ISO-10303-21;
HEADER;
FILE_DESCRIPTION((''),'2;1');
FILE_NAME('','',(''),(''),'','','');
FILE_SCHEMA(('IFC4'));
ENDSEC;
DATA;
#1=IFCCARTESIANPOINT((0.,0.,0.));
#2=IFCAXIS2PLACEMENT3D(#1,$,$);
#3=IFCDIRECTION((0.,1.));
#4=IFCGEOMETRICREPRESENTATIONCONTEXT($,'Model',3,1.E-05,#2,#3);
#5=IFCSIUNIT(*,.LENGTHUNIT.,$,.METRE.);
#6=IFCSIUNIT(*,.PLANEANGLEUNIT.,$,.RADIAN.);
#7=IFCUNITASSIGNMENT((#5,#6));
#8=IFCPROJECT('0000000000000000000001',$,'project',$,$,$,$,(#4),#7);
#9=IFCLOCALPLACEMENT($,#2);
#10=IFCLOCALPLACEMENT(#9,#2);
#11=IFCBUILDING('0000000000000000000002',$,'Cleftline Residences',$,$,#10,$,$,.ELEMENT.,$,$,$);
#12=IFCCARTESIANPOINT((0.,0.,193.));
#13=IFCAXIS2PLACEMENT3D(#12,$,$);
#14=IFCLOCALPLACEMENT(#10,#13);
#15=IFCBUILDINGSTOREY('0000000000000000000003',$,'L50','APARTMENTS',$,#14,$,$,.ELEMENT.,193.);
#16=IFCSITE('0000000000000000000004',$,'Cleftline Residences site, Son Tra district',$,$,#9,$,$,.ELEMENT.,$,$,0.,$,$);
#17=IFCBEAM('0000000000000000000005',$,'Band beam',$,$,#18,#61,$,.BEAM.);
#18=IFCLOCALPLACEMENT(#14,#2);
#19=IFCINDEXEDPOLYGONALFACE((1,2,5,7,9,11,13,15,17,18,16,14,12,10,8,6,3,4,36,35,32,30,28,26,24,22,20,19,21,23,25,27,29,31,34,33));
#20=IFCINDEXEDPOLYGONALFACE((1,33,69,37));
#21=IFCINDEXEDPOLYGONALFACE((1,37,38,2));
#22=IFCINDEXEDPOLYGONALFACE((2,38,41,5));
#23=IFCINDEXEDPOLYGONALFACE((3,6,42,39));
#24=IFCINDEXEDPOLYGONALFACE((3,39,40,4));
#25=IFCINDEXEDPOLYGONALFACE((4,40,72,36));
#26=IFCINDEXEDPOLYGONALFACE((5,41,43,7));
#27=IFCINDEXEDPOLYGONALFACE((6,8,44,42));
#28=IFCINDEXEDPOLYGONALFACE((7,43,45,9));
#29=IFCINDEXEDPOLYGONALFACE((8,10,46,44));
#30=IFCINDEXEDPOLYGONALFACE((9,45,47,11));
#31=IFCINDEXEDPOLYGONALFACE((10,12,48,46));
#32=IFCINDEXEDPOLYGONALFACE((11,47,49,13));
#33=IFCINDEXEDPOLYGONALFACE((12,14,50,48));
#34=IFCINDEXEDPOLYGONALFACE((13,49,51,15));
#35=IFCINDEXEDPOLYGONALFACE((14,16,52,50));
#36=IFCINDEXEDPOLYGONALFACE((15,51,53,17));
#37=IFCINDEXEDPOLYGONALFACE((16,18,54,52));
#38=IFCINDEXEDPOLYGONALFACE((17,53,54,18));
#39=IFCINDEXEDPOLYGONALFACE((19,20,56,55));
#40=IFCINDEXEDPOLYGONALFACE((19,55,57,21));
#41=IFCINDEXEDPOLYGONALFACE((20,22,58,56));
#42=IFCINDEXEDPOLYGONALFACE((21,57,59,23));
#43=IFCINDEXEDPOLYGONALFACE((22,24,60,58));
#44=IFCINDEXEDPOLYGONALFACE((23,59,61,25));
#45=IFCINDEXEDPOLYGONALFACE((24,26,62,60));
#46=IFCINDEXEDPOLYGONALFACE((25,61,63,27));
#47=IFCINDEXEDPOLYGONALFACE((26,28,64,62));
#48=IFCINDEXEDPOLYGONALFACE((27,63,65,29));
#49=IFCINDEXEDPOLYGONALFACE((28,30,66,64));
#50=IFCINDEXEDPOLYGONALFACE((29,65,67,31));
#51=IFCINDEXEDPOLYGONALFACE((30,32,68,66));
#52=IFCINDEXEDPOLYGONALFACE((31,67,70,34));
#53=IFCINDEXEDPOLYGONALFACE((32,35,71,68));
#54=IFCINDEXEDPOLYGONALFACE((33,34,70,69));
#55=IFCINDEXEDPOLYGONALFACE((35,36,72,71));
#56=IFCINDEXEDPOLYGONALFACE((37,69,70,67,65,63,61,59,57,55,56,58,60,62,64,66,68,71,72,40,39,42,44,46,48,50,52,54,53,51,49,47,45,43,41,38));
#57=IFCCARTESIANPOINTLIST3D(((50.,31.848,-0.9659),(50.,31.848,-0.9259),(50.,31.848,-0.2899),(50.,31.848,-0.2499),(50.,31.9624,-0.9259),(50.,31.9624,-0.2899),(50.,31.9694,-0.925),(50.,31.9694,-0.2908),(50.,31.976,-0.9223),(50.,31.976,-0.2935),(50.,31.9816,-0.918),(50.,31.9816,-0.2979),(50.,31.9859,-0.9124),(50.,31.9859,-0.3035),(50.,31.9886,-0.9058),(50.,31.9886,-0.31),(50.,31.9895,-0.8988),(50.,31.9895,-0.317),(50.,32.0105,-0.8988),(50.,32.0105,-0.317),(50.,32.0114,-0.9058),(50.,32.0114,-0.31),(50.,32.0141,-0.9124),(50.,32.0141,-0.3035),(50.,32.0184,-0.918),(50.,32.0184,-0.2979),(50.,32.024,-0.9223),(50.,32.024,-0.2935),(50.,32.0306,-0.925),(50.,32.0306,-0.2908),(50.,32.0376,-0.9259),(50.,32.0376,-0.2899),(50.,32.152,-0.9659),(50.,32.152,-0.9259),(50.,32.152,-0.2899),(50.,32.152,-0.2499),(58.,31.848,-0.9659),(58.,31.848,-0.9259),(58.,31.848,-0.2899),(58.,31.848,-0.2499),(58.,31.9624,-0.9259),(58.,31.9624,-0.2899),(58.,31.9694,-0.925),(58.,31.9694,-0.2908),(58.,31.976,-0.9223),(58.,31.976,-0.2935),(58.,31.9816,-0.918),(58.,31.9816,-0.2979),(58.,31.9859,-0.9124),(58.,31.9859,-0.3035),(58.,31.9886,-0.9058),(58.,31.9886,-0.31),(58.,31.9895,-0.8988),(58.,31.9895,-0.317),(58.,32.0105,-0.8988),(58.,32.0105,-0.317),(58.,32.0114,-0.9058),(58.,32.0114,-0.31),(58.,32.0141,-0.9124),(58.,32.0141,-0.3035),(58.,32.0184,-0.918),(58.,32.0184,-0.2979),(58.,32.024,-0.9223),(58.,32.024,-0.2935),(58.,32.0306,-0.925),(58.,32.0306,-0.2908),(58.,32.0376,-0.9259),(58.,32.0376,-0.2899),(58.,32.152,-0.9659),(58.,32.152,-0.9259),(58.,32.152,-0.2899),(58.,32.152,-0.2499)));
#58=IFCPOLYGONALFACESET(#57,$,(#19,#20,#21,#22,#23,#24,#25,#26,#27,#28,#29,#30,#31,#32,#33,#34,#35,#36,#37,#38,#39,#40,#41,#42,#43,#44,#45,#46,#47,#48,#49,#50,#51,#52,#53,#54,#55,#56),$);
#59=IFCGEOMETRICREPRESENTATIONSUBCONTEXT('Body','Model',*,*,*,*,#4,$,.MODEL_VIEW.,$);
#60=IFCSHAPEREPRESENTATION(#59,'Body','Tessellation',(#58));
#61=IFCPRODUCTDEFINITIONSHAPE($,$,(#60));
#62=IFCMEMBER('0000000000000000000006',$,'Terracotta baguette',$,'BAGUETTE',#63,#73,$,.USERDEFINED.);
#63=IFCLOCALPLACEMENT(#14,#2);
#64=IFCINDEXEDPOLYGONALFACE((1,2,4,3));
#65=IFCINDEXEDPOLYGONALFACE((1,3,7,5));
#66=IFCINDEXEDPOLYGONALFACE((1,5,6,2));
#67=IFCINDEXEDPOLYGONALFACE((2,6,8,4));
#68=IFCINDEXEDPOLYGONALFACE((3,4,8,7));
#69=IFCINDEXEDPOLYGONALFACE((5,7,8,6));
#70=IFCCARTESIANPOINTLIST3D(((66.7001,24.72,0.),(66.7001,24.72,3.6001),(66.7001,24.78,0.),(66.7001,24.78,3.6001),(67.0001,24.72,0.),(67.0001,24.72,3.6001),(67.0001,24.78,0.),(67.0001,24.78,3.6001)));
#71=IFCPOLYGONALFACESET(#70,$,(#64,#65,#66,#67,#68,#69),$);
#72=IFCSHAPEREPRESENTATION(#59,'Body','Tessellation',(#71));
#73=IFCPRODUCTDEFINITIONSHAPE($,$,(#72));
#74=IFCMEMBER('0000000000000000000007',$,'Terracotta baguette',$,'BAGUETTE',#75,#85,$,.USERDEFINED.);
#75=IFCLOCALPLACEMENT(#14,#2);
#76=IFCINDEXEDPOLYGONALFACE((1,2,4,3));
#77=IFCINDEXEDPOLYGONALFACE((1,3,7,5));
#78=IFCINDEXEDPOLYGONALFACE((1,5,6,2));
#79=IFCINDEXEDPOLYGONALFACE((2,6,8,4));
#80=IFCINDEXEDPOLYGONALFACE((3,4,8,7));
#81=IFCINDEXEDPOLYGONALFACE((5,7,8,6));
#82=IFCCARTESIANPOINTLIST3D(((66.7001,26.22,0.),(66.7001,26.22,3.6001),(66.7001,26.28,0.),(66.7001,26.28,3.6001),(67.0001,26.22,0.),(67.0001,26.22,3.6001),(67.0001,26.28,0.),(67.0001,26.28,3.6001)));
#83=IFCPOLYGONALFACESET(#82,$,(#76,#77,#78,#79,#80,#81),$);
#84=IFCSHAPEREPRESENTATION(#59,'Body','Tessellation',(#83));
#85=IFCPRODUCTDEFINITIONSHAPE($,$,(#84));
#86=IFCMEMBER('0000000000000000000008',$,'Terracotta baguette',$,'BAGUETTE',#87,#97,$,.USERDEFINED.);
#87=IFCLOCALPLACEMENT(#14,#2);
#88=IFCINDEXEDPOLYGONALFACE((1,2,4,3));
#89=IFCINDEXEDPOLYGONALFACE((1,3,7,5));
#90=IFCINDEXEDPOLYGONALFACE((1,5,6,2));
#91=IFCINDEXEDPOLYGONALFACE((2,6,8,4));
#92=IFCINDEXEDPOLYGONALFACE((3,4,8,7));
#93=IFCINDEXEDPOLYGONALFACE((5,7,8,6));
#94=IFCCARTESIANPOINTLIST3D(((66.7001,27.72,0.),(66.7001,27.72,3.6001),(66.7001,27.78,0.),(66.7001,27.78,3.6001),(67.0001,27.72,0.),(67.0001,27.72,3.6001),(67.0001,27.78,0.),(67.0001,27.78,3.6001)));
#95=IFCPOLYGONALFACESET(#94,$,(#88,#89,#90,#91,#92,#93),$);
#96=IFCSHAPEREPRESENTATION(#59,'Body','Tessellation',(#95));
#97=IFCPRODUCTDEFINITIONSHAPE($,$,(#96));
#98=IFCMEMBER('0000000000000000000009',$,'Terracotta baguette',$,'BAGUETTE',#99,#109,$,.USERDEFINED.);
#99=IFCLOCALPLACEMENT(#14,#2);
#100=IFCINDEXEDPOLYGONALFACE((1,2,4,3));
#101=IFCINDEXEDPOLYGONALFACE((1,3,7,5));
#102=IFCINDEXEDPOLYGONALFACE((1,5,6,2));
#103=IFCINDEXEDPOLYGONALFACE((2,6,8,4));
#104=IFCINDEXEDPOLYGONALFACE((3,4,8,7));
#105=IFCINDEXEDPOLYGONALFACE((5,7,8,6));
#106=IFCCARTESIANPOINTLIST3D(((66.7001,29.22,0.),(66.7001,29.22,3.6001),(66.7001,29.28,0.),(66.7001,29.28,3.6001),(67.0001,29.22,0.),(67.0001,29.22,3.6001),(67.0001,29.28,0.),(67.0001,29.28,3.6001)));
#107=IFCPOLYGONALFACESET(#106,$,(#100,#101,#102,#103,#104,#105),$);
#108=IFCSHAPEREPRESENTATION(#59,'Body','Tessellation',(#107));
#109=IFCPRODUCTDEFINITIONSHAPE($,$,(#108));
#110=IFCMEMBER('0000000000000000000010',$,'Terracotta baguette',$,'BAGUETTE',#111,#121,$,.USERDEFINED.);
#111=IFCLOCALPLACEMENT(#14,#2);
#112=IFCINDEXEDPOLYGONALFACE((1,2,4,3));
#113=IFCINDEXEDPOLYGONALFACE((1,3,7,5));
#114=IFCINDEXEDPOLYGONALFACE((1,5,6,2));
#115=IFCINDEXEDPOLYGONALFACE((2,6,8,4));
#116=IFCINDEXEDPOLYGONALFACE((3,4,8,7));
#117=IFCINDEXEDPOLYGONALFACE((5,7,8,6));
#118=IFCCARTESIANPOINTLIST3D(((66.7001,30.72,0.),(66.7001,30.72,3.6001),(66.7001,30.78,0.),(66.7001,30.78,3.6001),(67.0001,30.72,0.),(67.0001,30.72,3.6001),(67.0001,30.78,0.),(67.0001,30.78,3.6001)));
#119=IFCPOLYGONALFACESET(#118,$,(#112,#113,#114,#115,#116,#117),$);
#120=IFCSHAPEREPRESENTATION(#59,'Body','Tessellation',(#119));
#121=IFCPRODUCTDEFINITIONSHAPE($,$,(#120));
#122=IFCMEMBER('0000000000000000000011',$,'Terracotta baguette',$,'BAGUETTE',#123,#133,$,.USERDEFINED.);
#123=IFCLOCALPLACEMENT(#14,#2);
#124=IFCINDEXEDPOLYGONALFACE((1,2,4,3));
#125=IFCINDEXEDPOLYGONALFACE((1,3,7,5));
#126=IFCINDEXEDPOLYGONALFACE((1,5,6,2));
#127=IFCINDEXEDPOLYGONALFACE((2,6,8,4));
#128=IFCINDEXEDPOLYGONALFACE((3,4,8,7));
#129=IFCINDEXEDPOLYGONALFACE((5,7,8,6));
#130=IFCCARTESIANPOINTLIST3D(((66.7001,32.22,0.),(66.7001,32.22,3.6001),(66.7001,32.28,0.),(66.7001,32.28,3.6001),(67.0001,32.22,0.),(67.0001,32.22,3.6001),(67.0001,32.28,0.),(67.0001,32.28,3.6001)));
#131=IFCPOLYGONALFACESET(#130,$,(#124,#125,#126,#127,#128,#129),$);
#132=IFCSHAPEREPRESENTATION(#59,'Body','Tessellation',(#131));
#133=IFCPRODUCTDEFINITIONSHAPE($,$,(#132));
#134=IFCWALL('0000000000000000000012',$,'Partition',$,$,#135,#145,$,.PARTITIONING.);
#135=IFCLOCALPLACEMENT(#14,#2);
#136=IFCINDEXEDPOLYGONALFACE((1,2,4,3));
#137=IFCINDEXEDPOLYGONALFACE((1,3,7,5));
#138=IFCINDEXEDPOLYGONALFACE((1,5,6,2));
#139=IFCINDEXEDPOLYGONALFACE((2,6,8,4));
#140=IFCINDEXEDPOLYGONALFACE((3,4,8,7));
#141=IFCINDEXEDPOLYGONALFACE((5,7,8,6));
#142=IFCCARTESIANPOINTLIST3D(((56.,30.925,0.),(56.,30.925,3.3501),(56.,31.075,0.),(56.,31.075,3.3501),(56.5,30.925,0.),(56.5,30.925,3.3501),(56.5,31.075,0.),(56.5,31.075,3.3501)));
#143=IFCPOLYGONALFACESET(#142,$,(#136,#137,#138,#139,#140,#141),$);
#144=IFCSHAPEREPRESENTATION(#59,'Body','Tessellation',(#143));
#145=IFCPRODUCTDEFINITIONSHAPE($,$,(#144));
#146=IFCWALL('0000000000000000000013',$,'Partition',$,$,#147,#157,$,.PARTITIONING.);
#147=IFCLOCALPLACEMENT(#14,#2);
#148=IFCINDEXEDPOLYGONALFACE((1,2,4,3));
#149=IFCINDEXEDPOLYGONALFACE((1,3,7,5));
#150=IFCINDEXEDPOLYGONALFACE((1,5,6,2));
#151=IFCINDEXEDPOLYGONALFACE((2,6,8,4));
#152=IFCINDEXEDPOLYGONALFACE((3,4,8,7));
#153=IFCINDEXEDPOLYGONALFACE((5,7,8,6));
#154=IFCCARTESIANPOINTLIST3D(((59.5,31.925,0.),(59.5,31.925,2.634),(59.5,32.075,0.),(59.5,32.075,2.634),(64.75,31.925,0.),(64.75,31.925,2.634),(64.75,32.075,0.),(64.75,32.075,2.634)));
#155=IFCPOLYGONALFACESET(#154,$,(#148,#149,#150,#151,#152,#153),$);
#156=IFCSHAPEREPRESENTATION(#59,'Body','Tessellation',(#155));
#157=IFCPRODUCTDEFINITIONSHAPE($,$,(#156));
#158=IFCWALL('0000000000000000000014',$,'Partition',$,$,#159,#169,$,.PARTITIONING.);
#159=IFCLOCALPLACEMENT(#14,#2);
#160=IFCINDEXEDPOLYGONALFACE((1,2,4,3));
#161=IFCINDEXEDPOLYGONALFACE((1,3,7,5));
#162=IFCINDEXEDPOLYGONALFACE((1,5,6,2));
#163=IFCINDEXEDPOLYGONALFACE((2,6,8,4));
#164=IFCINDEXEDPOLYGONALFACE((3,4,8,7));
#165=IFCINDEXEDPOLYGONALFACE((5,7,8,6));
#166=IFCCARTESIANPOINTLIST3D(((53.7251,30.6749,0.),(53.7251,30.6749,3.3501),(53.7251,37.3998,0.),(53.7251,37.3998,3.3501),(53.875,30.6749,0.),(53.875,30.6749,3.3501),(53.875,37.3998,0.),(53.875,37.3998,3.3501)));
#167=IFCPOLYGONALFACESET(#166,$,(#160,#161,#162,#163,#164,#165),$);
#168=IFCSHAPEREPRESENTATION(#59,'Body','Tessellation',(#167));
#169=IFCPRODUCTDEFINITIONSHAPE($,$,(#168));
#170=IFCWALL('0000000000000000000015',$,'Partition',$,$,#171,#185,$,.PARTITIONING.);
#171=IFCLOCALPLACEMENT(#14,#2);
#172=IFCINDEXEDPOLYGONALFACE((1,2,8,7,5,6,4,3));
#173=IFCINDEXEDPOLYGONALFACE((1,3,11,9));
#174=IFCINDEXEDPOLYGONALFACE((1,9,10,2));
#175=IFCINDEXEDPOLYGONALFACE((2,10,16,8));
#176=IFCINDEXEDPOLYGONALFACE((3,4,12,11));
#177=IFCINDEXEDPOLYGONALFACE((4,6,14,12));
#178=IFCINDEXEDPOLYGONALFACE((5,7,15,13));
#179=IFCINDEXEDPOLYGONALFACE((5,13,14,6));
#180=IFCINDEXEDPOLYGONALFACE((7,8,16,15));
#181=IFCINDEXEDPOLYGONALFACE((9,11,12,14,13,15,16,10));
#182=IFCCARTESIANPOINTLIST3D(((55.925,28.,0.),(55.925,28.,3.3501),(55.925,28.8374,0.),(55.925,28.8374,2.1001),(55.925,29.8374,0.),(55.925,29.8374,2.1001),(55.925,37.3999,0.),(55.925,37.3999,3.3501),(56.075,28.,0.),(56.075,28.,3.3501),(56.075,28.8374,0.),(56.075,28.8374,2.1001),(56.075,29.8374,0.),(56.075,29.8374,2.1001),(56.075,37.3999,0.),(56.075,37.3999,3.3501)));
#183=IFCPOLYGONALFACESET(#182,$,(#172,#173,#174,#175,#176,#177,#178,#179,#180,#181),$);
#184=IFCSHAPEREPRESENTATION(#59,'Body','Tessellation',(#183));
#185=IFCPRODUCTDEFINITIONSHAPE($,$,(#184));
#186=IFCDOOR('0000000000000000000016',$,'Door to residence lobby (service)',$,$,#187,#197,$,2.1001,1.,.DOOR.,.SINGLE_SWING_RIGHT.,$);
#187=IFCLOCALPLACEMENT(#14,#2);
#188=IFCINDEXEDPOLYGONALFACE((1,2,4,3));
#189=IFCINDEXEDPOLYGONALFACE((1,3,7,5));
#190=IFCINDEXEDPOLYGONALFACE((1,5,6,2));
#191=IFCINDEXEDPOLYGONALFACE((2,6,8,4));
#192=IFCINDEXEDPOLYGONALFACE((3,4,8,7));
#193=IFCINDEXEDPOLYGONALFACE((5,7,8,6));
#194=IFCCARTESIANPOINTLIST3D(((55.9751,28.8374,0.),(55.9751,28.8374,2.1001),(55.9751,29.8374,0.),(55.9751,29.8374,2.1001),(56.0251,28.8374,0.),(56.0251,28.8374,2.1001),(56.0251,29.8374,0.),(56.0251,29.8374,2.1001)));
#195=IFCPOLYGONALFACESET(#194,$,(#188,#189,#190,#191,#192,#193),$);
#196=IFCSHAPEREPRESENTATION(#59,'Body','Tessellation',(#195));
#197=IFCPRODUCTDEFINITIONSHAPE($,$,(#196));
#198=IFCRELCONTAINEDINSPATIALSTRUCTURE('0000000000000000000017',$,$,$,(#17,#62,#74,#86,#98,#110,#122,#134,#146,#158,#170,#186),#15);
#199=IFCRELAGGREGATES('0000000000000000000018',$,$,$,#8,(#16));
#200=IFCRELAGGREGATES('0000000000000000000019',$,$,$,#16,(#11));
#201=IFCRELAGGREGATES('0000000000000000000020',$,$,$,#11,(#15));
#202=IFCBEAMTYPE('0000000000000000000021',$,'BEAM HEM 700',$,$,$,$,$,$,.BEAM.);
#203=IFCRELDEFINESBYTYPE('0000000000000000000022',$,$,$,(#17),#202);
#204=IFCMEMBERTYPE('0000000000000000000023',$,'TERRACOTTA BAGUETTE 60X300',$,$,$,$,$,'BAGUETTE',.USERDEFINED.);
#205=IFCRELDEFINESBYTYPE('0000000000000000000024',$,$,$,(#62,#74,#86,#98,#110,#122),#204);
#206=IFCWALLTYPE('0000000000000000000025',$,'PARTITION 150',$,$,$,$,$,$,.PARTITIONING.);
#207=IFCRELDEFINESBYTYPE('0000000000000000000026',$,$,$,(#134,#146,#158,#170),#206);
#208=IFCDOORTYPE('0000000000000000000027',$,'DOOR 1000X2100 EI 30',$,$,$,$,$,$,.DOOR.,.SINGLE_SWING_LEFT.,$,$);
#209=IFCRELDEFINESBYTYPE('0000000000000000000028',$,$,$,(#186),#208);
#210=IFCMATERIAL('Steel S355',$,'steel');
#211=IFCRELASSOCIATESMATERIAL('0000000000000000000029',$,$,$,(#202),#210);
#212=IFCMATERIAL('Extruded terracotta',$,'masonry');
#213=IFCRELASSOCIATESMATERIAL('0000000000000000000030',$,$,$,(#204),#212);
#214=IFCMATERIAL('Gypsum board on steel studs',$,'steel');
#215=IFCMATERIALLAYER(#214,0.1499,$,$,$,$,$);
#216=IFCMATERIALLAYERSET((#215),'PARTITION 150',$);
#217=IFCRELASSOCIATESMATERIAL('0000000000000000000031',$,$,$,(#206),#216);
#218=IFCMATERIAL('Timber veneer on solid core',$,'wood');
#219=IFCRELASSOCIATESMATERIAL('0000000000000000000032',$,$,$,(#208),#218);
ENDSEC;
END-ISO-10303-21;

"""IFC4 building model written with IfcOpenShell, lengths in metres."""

from ifc_helpers import new_model, si_unit, direction, frame, frame_2d, origin, origin_2d, place, context, subcontext, project, spatial, rectangle, i_section, extrude, material, layer, layer_set, material_profile, profile_set, type_object, element, fill, save


model = new_model("IFC4")

# Units and contexts
model_context = context("Model", 3, precision=1e-05, world=origin(), true_north=direction((0.0, 1.0)))
body_context = subcontext(model_context, "Body", "Model", "MODEL_VIEW")
ifc_project = project(units=[si_unit("LENGTHUNIT", "METRE"), si_unit("PLANEANGLEUNIT", "RADIAN")], contexts=[model_context])

# Site, building, storey
site_placement = place(None, origin())
site = spatial("IfcSite", under=ifc_project, at=site_placement, Name="Cleftline Residences site, Son Tra district", CompositionType="ELEMENT", RefElevation=0.0)
building_placement = place(site_placement, origin())
building = spatial("IfcBuilding", under=site, at=building_placement, Name="Cleftline Residences", CompositionType="ELEMENT")
storey_placement = place(building_placement, frame((0.0, 0.0, 193.0)))
storey = spatial("IfcBuildingStorey", under=building, at=storey_placement, Name="L50", Description="APARTMENTS", CompositionType="ELEMENT", Elevation=193.0)

# Beam
ifc_material_1 = material(Name="Steel S355", Category="steel")
ifc_material_profile_1 = material_profile(ifc_material_1, i_section(OverallWidth=0.304, OverallDepth=0.7161, WebThickness=0.021, FlangeThickness=0.04, FilletRadius=0.0271, at=origin_2d()))
ifc_profile_set_1 = profile_set([ifc_material_profile_1], Name="Steel S355")
beam_type_1 = type_object("IfcBeamType", Name="BEAM HEM 700", PredefinedType="BEAM", material=ifc_profile_set_1)
beam_1_placement = place(storey_placement, frame((58.0, 32.0, -0.6079), z_axis=(-1.0, 0.0, 0.0), x_axis=(0.0, -1.0, 0.0)))
element("IfcBeam", 1, at=beam_1_placement, inside=storey, type_object=beam_type_1, Name="Band beam", PredefinedType="BEAM", context=body_context, shape_type="SweptSolid", body=[
    extrude(i_section(OverallWidth=0.304, OverallDepth=0.7161, WebThickness=0.021, FlangeThickness=0.04, FilletRadius=0.0271, at=origin_2d()), origin(), (0.0, 0.0, 1.0), 8.0),
])

# Members
ifc_material_2 = material(Name="Extruded terracotta", Category="masonry")
ifc_material_profile_2 = material_profile(ifc_material_2, rectangle(XDim=0.0601, YDim=0.3, at=origin_2d()))
ifc_profile_set_2 = profile_set([ifc_material_profile_2], Name="Extruded terracotta")
member_type_1 = type_object("IfcMemberType", Name="TERRACOTTA BAGUETTE 60X300", ElementType="BAGUETTE", PredefinedType="USERDEFINED", material=ifc_profile_set_2)
for number, where, z_axis, x_axis, name in (
    (2, (66.8501, 24.75, 0.0), (0.0, 0.0, 1.0), (0.0, 1.0, 0.0), "Terracotta baguette"),
    (3, (66.8501, 26.25, 0.0), (0.0, 0.0, 1.0), (0.0, 1.0, 0.0), "Terracotta baguette"),
    (4, (66.8501, 27.75, 0.0), (0.0, 0.0, 1.0), (0.0, 1.0, 0.0), "Terracotta baguette"),
    (5, (66.8501, 29.25, 0.0), (0.0, 0.0, 1.0), (0.0, 1.0, 0.0), "Terracotta baguette"),
    (6, (66.8501, 30.75, 0.0), (0.0, 0.0, 1.0), (0.0, 1.0, 0.0), "Terracotta baguette"),
    (7, (66.8501, 32.25, 0.0), (0.0, 0.0, 1.0), (0.0, 1.0, 0.0), "Terracotta baguette"),
):
    element("IfcMember", number, at=place(storey_placement, frame(where, z_axis=z_axis, x_axis=x_axis)), inside=storey, type_object=member_type_1, Name=name, ObjectType="BAGUETTE", PredefinedType="USERDEFINED", context=body_context, shape_type="SweptSolid", body=[
        extrude(rectangle(XDim=0.0601, YDim=0.3, at=origin_2d()), origin(), (0.0, 0.0, 1.0), 3.6001),
    ])

# Walls
ifc_material_3 = material(Name="Gypsum board on steel studs", Category="steel")
ifc_layer_1 = layer(ifc_material_3, 0.1499)
ifc_layer_set_1 = layer_set([ifc_layer_1], Name="PARTITION 150")
wall_type_1 = type_object("IfcWallType", Name="PARTITION 150", PredefinedType="PARTITIONING", material=ifc_layer_set_1)
wall_1_placement = place(storey_placement, frame((56.0, 31.0, 0.0), z_axis=(0.0, 0.0, 1.0), x_axis=(1.0, 0.0, 0.0)))
element("IfcWall", 8, at=wall_1_placement, inside=storey, type_object=wall_type_1, Name="Partition", PredefinedType="PARTITIONING", context=body_context, shape_type="SweptSolid", body=[
    extrude(rectangle(XDim=0.5, YDim=0.1499, at=frame_2d((0.25, 0.0))), origin(), (0.0, 0.0, 1.0), 3.3501),
])
wall_2_placement = place(storey_placement, frame((59.5, 32.0, 0.0), z_axis=(0.0, 0.0, 1.0), x_axis=(1.0, 0.0, 0.0)))
element("IfcWall", 9, at=wall_2_placement, inside=storey, type_object=wall_type_1, Name="Partition", PredefinedType="PARTITIONING", context=body_context, shape_type="SweptSolid", body=[
    extrude(rectangle(XDim=5.25, YDim=0.1499, at=frame_2d((2.625, 0.0))), origin(), (0.0, 0.0, 1.0), 2.634),
])
wall_3_placement = place(storey_placement, frame((53.8, 30.675, 0.0), z_axis=(0.0, 0.0, 1.0), x_axis=(0.0, 1.0, 0.0)))
element("IfcWall", 10, at=wall_3_placement, inside=storey, type_object=wall_type_1, Name="Partition", PredefinedType="PARTITIONING", context=body_context, shape_type="SweptSolid", body=[
    extrude(rectangle(XDim=6.7249, YDim=0.1499, at=frame_2d((3.3623, 0.0))), origin(), (0.0, 0.0, 1.0), 3.3501),
])

# Wall, opening, door
wall_4_placement = place(storey_placement, frame((56.0, 28.0, 0.0), z_axis=(0.0, 0.0, 1.0), x_axis=(0.0, 1.0, 0.0)))
wall_4 = element("IfcWall", 11, at=wall_4_placement, inside=storey, type_object=wall_type_1, Name="Partition", PredefinedType="PARTITIONING", context=body_context, shape_type="SweptSolid", body=[
    extrude(rectangle(XDim=9.3999, YDim=0.1499, at=frame_2d((4.7, 0.0))), origin(), (0.0, 0.0, 1.0), 3.3501),
])
opening_1_placement = place(wall_4_placement, frame((0.8374, 0.0, 0.0)))
opening_1 = element("IfcOpeningElement", 12, at=opening_1_placement, cuts=wall_4, PredefinedType="OPENING", context=body_context, shape_type="SweptSolid", body=[
    extrude(rectangle(XDim=1.0, YDim=2.1001, at=frame_2d((0.5, 1.05))), frame((0.0, 0.085, 0.0), z_axis=(0.0, -1.0, 0.0), x_axis=(1.0, 0.0, 0.0)), (0.0, 0.0, 1.0), 0.1699),
])
ifc_material_4 = material(Name="Timber veneer on solid core", Category="wood")
door_type_1 = type_object("IfcDoorType", Name="DOOR 1000X2100 EI 30", OperationType="SINGLE_SWING_LEFT", PredefinedType="DOOR", material=ifc_material_4)
door_1_placement = place(opening_1_placement, origin())
door_1 = element("IfcDoor", 13, at=door_1_placement, inside=storey, type_object=door_type_1, Name="Door to residence lobby (service)", OperationType="SINGLE_SWING_RIGHT", OverallHeight=2.1001, OverallWidth=1.0, PredefinedType="DOOR", context=body_context, shape_type="SweptSolid", body=[
    extrude(rectangle(XDim=1.0, YDim=2.1001, at=frame_2d((0.5, 1.05))), frame((0.0, 0.0249, 0.0), z_axis=(0.0, -1.0, 0.0), x_axis=(1.0, 0.0, 0.0)), (0.0, 0.0, 1.0), 0.05),
])
fill(opening_1, door_1)

save(model, "model.ifc")
